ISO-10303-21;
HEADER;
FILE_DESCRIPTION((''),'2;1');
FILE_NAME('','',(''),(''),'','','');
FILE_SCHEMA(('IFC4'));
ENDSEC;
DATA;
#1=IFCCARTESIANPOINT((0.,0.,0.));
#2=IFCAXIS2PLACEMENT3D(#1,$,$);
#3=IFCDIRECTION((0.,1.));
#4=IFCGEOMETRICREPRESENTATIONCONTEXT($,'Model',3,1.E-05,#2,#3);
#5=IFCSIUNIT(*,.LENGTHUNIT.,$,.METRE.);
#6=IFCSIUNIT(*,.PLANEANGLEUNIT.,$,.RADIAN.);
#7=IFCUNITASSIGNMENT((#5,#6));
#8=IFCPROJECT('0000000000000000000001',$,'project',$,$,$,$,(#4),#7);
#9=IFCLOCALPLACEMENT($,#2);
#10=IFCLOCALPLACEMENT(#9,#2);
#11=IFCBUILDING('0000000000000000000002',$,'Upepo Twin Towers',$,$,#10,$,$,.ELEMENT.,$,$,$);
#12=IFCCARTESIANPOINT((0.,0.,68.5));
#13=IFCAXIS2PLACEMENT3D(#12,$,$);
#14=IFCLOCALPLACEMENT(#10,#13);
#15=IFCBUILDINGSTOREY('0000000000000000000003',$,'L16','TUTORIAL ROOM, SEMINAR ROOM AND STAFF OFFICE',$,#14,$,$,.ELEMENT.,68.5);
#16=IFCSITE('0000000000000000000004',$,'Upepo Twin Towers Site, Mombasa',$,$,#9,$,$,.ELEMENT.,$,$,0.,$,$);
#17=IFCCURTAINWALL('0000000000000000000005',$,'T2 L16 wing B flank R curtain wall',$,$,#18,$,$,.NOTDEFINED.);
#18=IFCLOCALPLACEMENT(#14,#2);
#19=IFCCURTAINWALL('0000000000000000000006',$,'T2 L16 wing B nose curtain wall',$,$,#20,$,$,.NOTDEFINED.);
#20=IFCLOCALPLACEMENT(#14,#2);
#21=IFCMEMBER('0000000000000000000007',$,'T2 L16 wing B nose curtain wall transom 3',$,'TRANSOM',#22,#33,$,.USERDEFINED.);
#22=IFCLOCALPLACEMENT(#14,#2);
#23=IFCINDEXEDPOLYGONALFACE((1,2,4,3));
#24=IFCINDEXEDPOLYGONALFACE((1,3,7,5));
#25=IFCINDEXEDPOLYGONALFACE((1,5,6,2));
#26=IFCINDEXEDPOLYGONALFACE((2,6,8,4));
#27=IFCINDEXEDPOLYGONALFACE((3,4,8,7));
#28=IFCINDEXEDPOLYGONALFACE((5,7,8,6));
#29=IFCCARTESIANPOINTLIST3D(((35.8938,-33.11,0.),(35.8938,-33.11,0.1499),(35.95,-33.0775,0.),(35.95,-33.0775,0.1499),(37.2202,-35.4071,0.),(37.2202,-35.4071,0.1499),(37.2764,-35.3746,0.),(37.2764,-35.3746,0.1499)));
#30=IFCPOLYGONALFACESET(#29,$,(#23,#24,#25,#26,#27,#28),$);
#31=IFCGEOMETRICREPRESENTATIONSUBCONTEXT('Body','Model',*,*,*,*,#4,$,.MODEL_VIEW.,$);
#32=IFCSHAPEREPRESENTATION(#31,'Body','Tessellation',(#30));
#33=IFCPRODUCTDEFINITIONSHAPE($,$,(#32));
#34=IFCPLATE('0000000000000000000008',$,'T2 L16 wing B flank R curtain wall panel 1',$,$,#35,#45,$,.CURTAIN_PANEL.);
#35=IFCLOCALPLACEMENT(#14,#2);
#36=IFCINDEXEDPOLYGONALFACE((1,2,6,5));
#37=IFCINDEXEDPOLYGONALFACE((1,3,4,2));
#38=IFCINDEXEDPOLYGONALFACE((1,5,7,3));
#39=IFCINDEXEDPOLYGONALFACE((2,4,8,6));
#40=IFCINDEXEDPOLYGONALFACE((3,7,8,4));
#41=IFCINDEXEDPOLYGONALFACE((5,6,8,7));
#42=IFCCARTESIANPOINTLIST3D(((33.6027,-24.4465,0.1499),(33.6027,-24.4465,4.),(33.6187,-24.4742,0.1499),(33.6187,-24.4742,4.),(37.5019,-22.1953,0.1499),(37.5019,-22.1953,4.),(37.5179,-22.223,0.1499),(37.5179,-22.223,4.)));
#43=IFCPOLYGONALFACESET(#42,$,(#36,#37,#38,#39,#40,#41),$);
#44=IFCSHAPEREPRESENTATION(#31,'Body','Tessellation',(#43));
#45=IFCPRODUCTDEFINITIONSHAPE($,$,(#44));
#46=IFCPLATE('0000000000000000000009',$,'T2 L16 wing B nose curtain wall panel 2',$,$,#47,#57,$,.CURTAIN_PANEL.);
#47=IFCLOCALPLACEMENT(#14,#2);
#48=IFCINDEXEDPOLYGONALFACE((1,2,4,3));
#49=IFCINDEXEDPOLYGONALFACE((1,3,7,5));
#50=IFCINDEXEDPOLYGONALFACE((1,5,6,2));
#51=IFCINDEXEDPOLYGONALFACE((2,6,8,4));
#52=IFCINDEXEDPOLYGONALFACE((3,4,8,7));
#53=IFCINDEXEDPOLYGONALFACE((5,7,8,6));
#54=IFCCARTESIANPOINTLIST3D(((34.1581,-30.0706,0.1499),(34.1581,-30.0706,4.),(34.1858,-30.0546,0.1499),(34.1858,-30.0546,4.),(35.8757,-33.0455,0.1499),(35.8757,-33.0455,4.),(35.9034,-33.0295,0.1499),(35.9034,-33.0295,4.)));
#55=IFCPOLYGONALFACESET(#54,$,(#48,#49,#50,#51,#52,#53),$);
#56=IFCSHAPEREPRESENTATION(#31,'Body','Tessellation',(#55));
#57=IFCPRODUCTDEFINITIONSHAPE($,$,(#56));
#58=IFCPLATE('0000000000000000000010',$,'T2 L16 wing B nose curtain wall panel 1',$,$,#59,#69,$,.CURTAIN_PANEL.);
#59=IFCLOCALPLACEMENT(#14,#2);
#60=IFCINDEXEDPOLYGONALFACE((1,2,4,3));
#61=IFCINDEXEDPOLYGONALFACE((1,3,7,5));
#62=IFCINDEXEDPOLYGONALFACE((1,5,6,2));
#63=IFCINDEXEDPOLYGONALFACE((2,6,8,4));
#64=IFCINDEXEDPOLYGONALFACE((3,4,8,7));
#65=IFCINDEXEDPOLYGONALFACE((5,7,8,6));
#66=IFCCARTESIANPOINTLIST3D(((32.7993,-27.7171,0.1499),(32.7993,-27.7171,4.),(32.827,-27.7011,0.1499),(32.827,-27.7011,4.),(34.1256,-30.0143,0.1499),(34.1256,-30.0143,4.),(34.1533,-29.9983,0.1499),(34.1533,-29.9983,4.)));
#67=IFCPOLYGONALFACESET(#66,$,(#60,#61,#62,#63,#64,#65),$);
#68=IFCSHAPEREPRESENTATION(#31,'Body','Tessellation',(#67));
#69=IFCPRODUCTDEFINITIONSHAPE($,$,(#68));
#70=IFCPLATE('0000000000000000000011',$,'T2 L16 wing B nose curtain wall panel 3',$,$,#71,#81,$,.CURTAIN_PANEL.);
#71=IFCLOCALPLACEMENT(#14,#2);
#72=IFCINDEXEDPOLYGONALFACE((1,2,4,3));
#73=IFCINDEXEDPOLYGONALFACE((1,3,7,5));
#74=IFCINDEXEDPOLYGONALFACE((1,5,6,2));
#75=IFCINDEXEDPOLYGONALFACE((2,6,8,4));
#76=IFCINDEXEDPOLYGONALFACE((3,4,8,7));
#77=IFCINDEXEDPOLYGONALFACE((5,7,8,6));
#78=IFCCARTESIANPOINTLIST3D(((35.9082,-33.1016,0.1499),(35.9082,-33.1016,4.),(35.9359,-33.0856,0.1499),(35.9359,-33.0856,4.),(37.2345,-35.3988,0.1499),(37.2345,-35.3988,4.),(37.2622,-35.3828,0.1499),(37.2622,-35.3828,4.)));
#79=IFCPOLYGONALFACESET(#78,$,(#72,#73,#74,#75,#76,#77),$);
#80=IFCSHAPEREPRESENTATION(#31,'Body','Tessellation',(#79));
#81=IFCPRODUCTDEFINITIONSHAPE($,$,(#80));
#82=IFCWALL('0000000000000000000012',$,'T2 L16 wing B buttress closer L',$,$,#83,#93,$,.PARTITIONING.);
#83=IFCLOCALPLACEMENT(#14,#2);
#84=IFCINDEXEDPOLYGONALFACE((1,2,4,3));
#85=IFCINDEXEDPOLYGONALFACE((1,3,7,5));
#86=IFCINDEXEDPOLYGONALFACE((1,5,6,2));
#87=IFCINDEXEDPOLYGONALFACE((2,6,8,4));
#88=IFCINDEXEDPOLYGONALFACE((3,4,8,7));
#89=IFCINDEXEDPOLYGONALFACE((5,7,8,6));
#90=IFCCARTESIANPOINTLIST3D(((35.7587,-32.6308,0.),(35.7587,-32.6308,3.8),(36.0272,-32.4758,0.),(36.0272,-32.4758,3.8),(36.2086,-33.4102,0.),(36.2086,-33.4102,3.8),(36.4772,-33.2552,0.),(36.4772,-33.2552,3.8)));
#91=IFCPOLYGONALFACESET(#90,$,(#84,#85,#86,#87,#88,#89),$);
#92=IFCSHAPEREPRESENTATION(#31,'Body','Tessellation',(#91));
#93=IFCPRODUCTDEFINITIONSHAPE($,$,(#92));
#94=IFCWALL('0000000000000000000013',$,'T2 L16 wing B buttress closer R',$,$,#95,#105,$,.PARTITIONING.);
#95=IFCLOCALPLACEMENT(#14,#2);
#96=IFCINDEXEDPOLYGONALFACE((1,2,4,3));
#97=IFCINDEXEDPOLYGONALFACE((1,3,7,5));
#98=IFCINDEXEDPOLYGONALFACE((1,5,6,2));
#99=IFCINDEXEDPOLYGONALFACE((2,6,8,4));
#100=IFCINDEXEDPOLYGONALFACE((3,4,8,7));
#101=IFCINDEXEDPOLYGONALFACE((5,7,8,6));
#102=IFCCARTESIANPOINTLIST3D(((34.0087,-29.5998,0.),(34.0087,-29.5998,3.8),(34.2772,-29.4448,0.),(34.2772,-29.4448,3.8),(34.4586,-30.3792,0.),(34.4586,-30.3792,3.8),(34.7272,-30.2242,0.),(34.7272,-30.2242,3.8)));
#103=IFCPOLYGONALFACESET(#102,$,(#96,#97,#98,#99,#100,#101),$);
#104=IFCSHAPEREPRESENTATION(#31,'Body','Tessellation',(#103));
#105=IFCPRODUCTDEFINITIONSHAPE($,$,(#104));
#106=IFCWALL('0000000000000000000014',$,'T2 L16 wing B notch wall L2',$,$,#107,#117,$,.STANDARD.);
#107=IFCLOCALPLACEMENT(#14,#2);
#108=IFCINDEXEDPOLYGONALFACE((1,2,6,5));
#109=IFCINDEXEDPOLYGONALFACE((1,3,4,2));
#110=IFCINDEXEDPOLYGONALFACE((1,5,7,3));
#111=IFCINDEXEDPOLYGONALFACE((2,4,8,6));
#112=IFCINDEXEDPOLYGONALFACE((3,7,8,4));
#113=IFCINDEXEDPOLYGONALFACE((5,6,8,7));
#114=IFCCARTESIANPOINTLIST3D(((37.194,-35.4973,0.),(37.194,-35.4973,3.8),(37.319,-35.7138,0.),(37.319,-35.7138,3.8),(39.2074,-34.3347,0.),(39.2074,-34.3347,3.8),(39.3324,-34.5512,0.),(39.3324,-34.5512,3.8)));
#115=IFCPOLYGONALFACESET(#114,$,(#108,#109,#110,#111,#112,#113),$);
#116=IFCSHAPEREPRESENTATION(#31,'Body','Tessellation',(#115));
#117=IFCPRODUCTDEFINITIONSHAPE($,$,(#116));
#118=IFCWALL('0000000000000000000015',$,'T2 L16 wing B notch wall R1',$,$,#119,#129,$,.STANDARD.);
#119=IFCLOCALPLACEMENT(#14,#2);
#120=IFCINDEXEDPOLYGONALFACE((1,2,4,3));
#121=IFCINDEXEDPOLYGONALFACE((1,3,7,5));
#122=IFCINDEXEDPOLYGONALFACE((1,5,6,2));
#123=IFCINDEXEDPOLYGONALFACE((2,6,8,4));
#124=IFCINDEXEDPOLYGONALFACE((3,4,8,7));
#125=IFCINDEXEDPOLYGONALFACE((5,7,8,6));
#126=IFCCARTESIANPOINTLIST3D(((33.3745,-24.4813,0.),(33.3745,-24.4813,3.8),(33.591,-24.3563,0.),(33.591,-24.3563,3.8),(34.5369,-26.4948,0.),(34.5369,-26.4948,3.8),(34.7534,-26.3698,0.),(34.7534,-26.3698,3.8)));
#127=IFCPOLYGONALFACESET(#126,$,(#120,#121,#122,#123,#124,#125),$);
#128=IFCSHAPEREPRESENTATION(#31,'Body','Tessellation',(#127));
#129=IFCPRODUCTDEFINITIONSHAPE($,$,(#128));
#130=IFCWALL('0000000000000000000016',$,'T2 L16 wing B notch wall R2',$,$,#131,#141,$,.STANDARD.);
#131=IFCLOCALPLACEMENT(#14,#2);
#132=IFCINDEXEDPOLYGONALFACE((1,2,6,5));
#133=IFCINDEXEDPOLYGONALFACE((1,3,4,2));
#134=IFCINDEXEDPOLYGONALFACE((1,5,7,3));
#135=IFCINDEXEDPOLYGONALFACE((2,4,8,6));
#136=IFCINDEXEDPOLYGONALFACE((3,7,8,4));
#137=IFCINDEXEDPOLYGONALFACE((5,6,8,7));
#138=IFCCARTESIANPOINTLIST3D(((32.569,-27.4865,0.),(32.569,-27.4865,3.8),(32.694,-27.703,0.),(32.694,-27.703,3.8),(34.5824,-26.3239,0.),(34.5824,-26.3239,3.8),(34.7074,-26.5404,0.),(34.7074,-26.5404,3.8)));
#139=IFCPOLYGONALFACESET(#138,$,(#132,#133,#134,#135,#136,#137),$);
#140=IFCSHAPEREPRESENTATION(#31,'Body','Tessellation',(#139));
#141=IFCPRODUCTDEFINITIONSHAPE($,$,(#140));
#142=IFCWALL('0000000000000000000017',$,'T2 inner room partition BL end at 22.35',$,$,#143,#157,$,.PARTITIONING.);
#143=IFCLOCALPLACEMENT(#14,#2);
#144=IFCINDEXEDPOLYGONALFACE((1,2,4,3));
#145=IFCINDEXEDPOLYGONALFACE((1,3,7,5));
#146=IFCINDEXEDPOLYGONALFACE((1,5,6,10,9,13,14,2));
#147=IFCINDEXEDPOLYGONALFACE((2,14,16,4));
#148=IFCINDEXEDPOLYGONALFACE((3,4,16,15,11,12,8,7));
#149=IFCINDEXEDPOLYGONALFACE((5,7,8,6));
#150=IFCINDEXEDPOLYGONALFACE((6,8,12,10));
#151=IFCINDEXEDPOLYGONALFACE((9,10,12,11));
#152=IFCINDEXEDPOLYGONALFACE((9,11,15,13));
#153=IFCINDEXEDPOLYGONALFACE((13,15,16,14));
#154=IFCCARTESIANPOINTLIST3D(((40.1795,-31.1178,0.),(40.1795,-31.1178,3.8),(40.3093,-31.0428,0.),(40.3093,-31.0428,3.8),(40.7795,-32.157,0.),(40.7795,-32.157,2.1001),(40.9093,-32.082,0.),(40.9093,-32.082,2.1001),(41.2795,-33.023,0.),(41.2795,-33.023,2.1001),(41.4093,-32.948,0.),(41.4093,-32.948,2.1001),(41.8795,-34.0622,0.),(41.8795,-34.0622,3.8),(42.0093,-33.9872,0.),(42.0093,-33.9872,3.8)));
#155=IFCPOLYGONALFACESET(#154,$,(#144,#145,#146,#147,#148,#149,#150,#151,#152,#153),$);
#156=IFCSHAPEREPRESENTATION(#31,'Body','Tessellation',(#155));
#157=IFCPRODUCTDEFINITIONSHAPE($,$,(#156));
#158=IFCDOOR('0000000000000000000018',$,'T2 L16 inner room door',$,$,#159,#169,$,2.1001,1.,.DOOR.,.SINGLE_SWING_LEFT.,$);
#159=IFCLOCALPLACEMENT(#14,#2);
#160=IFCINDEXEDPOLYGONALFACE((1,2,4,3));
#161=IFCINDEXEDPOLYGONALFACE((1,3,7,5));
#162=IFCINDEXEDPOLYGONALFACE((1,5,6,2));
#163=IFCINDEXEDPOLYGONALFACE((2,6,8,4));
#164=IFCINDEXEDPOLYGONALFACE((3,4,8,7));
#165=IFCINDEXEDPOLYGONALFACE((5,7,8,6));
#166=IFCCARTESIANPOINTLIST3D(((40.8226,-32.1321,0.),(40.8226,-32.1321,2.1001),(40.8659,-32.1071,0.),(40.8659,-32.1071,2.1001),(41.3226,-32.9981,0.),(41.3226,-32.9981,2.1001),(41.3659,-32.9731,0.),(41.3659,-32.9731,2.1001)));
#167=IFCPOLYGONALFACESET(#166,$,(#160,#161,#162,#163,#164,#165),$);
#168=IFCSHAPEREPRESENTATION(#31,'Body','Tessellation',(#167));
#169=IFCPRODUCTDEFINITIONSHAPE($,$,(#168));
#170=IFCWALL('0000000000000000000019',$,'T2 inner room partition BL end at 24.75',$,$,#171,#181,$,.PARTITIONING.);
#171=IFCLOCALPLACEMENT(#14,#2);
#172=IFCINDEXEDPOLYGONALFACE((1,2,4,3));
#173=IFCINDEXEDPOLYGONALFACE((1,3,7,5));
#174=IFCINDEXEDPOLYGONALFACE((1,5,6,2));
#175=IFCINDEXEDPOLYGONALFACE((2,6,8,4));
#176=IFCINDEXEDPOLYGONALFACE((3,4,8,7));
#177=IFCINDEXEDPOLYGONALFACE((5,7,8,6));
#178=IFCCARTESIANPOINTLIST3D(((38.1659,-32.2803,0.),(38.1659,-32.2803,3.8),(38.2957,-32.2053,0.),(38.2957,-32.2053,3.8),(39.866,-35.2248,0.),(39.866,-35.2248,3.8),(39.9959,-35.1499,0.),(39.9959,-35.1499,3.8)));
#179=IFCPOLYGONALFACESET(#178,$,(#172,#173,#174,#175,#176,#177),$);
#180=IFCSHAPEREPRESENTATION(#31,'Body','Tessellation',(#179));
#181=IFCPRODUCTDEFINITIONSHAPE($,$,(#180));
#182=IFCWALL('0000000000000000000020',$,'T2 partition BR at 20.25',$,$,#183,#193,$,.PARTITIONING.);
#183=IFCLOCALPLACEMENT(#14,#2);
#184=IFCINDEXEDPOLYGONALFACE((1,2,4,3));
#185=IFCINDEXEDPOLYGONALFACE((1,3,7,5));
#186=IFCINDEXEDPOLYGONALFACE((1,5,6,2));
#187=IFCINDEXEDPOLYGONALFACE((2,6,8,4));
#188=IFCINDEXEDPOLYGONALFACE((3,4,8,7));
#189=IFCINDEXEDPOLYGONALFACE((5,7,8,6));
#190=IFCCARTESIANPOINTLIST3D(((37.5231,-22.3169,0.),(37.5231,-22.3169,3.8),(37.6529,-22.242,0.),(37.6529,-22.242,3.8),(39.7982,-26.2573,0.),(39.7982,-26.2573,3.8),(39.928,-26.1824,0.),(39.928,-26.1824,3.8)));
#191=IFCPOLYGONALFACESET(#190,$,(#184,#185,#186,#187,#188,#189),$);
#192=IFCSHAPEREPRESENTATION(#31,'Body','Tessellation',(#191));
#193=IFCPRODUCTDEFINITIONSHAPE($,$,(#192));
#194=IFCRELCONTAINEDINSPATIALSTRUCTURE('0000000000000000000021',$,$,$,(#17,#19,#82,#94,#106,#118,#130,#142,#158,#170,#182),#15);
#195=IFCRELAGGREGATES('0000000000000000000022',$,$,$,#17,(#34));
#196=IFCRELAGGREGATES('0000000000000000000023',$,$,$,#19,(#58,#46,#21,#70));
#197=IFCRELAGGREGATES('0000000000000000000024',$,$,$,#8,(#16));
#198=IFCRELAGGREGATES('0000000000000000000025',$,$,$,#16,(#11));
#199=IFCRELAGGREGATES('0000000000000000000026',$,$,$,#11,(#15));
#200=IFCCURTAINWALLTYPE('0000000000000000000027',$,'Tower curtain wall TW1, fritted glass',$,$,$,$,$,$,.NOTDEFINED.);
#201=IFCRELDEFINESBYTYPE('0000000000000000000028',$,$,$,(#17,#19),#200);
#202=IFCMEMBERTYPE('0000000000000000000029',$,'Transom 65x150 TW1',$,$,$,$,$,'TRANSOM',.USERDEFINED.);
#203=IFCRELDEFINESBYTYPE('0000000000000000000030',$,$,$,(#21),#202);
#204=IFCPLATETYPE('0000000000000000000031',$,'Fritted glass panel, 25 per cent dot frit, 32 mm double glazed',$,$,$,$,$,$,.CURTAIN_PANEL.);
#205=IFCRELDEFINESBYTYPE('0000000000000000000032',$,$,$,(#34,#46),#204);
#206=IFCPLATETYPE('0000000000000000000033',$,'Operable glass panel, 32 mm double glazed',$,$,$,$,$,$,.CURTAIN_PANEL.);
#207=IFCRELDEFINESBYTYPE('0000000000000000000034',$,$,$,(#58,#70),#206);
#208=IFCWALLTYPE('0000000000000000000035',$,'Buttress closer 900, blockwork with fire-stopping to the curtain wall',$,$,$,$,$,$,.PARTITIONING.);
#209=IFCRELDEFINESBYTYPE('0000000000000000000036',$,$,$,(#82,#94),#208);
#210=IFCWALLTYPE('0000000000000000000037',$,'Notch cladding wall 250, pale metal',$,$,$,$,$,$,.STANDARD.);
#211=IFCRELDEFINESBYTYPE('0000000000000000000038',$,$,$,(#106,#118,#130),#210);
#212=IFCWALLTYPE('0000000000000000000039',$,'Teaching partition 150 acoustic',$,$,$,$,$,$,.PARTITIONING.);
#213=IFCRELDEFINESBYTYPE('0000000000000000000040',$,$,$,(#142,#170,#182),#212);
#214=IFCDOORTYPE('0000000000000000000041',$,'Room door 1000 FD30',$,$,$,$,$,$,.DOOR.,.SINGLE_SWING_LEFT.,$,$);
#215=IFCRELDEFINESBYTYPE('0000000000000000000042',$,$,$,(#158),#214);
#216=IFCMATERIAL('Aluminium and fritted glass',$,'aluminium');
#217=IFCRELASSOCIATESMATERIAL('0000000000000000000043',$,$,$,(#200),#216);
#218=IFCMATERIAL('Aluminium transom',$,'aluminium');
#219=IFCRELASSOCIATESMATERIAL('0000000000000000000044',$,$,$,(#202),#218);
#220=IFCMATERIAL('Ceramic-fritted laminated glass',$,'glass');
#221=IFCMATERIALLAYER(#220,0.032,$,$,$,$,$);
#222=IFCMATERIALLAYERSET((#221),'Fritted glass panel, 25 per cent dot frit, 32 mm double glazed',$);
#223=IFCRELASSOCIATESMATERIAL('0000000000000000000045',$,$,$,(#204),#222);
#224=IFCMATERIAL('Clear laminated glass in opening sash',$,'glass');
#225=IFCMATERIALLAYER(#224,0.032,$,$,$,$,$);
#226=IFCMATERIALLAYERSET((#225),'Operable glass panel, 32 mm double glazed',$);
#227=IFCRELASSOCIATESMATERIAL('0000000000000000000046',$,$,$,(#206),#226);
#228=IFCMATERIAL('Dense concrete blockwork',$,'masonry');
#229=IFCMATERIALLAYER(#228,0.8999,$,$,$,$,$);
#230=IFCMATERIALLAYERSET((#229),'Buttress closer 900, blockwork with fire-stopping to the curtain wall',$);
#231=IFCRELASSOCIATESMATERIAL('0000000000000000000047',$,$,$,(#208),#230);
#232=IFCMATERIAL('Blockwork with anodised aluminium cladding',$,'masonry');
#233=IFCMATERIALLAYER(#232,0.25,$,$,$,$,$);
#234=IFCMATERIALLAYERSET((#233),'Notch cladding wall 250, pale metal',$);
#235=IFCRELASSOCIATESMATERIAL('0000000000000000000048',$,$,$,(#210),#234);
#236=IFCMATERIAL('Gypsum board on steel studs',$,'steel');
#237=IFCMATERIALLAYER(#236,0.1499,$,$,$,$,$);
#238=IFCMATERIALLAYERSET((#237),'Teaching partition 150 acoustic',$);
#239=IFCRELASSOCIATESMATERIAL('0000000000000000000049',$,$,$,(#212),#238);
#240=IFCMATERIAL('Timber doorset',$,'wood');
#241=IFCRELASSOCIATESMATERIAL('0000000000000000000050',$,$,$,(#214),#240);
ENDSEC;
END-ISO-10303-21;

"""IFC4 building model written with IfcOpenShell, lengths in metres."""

from ifc_helpers import new_model, si_unit, direction, frame, frame_2d, origin, origin_2d, place, context, subcontext, project, spatial, rectangle, extrude, material, layer, layer_set, material_profile, profile_set, type_object, element, fill, aggregate, save


model = new_model("IFC4")

# Units and contexts
model_context = context("Model", 3, precision=1e-05, world=origin(), true_north=direction((0.0, 1.0)))
body_context = subcontext(model_context, "Body", "Model", "MODEL_VIEW")
ifc_project = project(units=[si_unit("LENGTHUNIT", "METRE"), si_unit("PLANEANGLEUNIT", "RADIAN")], contexts=[model_context])

# Site, building, storey
site_placement = place(None, origin())
site = spatial("IfcSite", under=ifc_project, at=site_placement, Name="Upepo Twin Towers Site, Mombasa", CompositionType="ELEMENT", RefElevation=0.0)
building_placement = place(site_placement, origin())
building = spatial("IfcBuilding", under=site, at=building_placement, Name="Upepo Twin Towers", CompositionType="ELEMENT")
storey_placement = place(building_placement, frame((0.0, 0.0, 68.5)))
storey = spatial("IfcBuildingStorey", under=building, at=storey_placement, Name="L16", Description="TUTORIAL ROOM, SEMINAR ROOM AND STAFF OFFICE", CompositionType="ELEMENT", Elevation=68.5)

# Shared definitions
ifc_material_1 = material(Name="Aluminium and fritted glass", Category="aluminium")
curtain_wall_type = type_object("IfcCurtainWallType", Name="Tower curtain wall TW1, fritted glass", PredefinedType="NOTDEFINED", material=ifc_material_1)

# Curtain walls
curtain_wall_1_placement = place(storey_placement, origin())
curtain_wall_1 = element("IfcCurtainWall", 1, at=curtain_wall_1_placement, inside=storey, type_object=curtain_wall_type, Name="T2 L16 wing B flank R curtain wall", PredefinedType="NOTDEFINED")
curtain_wall_2_placement = place(storey_placement, origin())
curtain_wall_2 = element("IfcCurtainWall", 2, at=curtain_wall_2_placement, inside=storey, type_object=curtain_wall_type, Name="T2 L16 wing B nose curtain wall", PredefinedType="NOTDEFINED")

# Member
ifc_material_2 = material(Name="Aluminium transom", Category="aluminium")
ifc_material_profile_1 = material_profile(ifc_material_2, rectangle(XDim=0.0649, YDim=0.1499, at=origin_2d()), Name="TRANSOM 65x150")
ifc_profile_set_1 = profile_set([ifc_material_profile_1], Name="Aluminium transom")
member_type_1 = type_object("IfcMemberType", Name="Transom 65x150 TW1", ElementType="TRANSOM", PredefinedType="USERDEFINED", material=ifc_profile_set_1)
member_1_placement = place(storey_placement, frame((35.9219, -33.0938, 0.075), z_axis=(0.500049, -0.865997, 0.0), x_axis=(0.865997, 0.500049, 0.0)))
member_1 = element("IfcMember", 3, at=member_1_placement, type_object=member_type_1, Name="T2 L16 wing B nose curtain wall transom 3", ObjectType="TRANSOM", PredefinedType="USERDEFINED", context=body_context, shape_type="SweptSolid", body=[
    extrude(rectangle(XDim=0.0649, YDim=0.1499, at=origin_2d()), origin(), (0.0, 0.0, 1.0), 2.6526),
])

# Plates
ifc_material_3 = material(Name="Ceramic-fritted laminated glass", Category="glass")
ifc_layer_1 = layer(ifc_material_3, 0.032)
ifc_layer_set_1 = layer_set([ifc_layer_1], Name="Fritted glass panel, 25 per cent dot frit, 32 mm double glazed")
plate_type_1 = type_object("IfcPlateType", Name="Fritted glass panel, 25 per cent dot frit, 32 mm double glazed", PredefinedType="CURTAIN_PANEL", material=ifc_layer_set_1)
plate_1_placement = place(storey_placement, frame((35.5603, -23.3347, 0.1499), z_axis=(0.0, 0.0, 1.0), x_axis=(0.866025, 0.5, 0.0)))
plate_1 = element("IfcPlate", 4, at=plate_1_placement, type_object=plate_type_1, Name="T2 L16 wing B flank R curtain wall panel 1", PredefinedType="CURTAIN_PANEL", context=body_context, shape_type="SweptSolid", body=[
    extrude(rectangle(XDim=4.5024, YDim=0.032, at=origin_2d()), origin(), (0.0, 0.0, 1.0), 3.8501),
])
aggregate(curtain_wall_1, [plate_1])
plate_2_placement = place(storey_placement, frame((35.0308, -31.55, 0.1499), z_axis=(0.0, 0.0, 1.0), x_axis=(0.5, -0.866025, 0.0)))
plate_2 = element("IfcPlate", 5, at=plate_2_placement, type_object=plate_type_1, Name="T2 L16 wing B nose curtain wall panel 2", PredefinedType="CURTAIN_PANEL", context=body_context, shape_type="SweptSolid", body=[
    extrude(rectangle(XDim=3.4351, YDim=0.032, at=origin_2d()), origin(), (0.0, 0.0, 1.0), 3.8501),
])
ifc_material_4 = material(Name="Clear laminated glass in opening sash", Category="glass")
ifc_layer_2 = layer(ifc_material_4, 0.032)
ifc_layer_set_2 = layer_set([ifc_layer_2], Name="Operable glass panel, 32 mm double glazed")
plate_type_2 = type_object("IfcPlateType", Name="Operable glass panel, 32 mm double glazed", PredefinedType="CURTAIN_PANEL", material=ifc_layer_set_2)
plate_3_placement = place(storey_placement, frame((33.4763, -28.8577, 0.1499), z_axis=(0.0, 0.0, 1.0), x_axis=(0.5, -0.866025, 0.0)))
plate_3 = element("IfcPlate", 6, at=plate_3_placement, type_object=plate_type_2, Name="T2 L16 wing B nose curtain wall panel 1", PredefinedType="CURTAIN_PANEL", context=body_context, shape_type="SweptSolid", body=[
    extrude(rectangle(XDim=2.6526, YDim=0.032, at=origin_2d()), origin(), (0.0, 0.0, 1.0), 3.8501),
])
plate_4_placement = place(storey_placement, frame((36.5852, -34.2422, 0.1499), z_axis=(0.0, 0.0, 1.0), x_axis=(0.5, -0.866025, 0.0)))
plate_4 = element("IfcPlate", 7, at=plate_4_placement, type_object=plate_type_2, Name="T2 L16 wing B nose curtain wall panel 3", PredefinedType="CURTAIN_PANEL", context=body_context, shape_type="SweptSolid", body=[
    extrude(rectangle(XDim=2.6526, YDim=0.032, at=origin_2d()), origin(), (0.0, 0.0, 1.0), 3.8501),
])
aggregate(curtain_wall_2, [plate_3, plate_2, member_1, plate_4])

# Walls
ifc_material_5 = material(Name="Dense concrete blockwork", Category="masonry")
ifc_layer_3 = layer(ifc_material_5, 0.8999)
ifc_layer_set_3 = layer_set([ifc_layer_3], Name="Buttress closer 900, blockwork with fire-stopping to the curtain wall")
wall_type_1 = type_object("IfcWallType", Name="Buttress closer 900, blockwork with fire-stopping to the curtain wall", PredefinedType="PARTITIONING", material=ifc_layer_set_3)
for number, where, z_axis, x_axis, name in (
    (8, (36.2522, -32.8655, 0.0), (0.0, 0.0, 1.0), (-0.866054, -0.49995, 0.0), "T2 L16 wing B buttress closer L"),
    (9, (34.5022, -29.8345, 0.0), (0.0, 0.0, 1.0), (-0.866054, -0.49995, 0.0), "T2 L16 wing B buttress closer R"),
):
    element("IfcWall", number, at=place(storey_placement, frame(where, z_axis=z_axis, x_axis=x_axis)), inside=storey, type_object=wall_type_1, Name=name, PredefinedType="PARTITIONING", context=body_context, shape_type="SweptSolid", body=[
        extrude(rectangle(XDim=0.3101, YDim=0.8999, at=frame_2d((0.155, 0.0))), origin(), (0.0, 0.0, 1.0), 3.8),
    ])
ifc_material_6 = material(Name="Blockwork with anodised aluminium cladding", Category="masonry")
ifc_layer_4 = layer(ifc_material_6, 0.25)
ifc_layer_set_4 = layer_set([ifc_layer_4], Name="Notch cladding wall 250, pale metal")
wall_type_2 = type_object("IfcWallType", Name="Notch cladding wall 250, pale metal", PredefinedType="STANDARD", material=ifc_layer_set_4)
for number, where, z_axis, x_axis, name in (
    (10, (39.27, -34.4429, 0.0), (0.0, 0.0, 1.0), (-0.865998, -0.500047, 0.0), "T2 L16 wing B notch wall L2"),
    (11, (33.4827, -24.4187, 0.0), (0.0, 0.0, 1.0), (0.499968, -0.866044, 0.0), "T2 L16 wing B notch wall R1"),
    (12, (34.645, -26.4321, 0.0), (0.0, 0.0, 1.0), (-0.865998, -0.500047, 0.0), "T2 L16 wing B notch wall R2"),
):
    element("IfcWall", number, at=place(storey_placement, frame(where, z_axis=z_axis, x_axis=x_axis)), inside=storey, type_object=wall_type_2, Name=name, PredefinedType="STANDARD", context=body_context, shape_type="SweptSolid", body=[
        extrude(rectangle(XDim=2.325, YDim=0.25, at=frame_2d((1.1626, 0.0))), origin(), (0.0, 0.0, 1.0), 3.8),
    ])

# Wall, opening, door
ifc_material_7 = material(Name="Gypsum board on steel studs", Category="steel")
ifc_layer_5 = layer(ifc_material_7, 0.1499)
ifc_layer_set_5 = layer_set([ifc_layer_5], Name="Teaching partition 150 acoustic")
wall_type_3 = type_object("IfcWallType", Name="Teaching partition 150 acoustic", PredefinedType="PARTITIONING", material=ifc_layer_set_5)
wall_1_placement = place(storey_placement, frame((40.2444, -31.0803, 0.0), z_axis=(0.0, 0.0, 1.0), x_axis=(0.500008, -0.866021, 0.0)))
wall_1 = element("IfcWall", 13, at=wall_1_placement, inside=storey, type_object=wall_type_3, Name="T2 inner room partition BL end at 22.35", PredefinedType="PARTITIONING", context=body_context, shape_type="SweptSolid", body=[
    extrude(rectangle(XDim=3.3999, YDim=0.1499, at=frame_2d((1.7, 0.0))), origin(), (0.0, 0.0, 1.0), 3.8),
])
opening_1_placement = place(wall_1_placement, frame((1.2, 0.0, 0.0)))
opening_1 = element("IfcOpeningElement", 14, at=opening_1_placement, cuts=wall_1, PredefinedType="OPENING", context=body_context, shape_type="SweptSolid", body=[
    extrude(rectangle(XDim=1.0, YDim=2.1001, at=frame_2d((0.5, 1.05))), frame((0.0, 0.085, 0.0), z_axis=(0.0, -1.0, 0.0), x_axis=(1.0, 0.0, 0.0)), (0.0, 0.0, 1.0), 0.1699),
])
ifc_material_8 = material(Name="Timber doorset", Category="wood")
door_type = type_object("IfcDoorType", Name="Room door 1000 FD30", OperationType="SINGLE_SWING_LEFT", PredefinedType="DOOR", material=ifc_material_8)
door_1_placement = place(opening_1_placement, origin())
door_1 = element("IfcDoor", 15, at=door_1_placement, inside=storey, type_object=door_type, Name="T2 L16 inner room door", OperationType="SINGLE_SWING_LEFT", OverallHeight=2.1001, OverallWidth=1.0, PredefinedType="DOOR", context=body_context, shape_type="SweptSolid", body=[
    extrude(rectangle(XDim=1.0, YDim=2.1001, at=frame_2d((0.5, 1.05))), frame((0.0, 0.0249, 0.0), z_axis=(0.0, -1.0, 0.0), x_axis=(1.0, 0.0, 0.0)), (0.0, 0.0, 1.0), 0.05),
])
fill(opening_1, door_1)

# Walls
wall_2_placement = place(storey_placement, frame((38.2307, -32.2427, 0.0), z_axis=(0.0, 0.0, 1.0), x_axis=(0.500031, -0.866007, 0.0)))
element("IfcWall", 16, at=wall_2_placement, inside=storey, type_object=wall_type_3, Name="T2 inner room partition BL end at 24.75", PredefinedType="PARTITIONING", context=body_context, shape_type="SweptSolid", body=[
    extrude(rectangle(XDim=3.4001, YDim=0.1499, at=frame_2d((1.7002, 0.0))), origin(), (0.0, 0.0, 1.0), 3.8),
])
wall_3_placement = place(storey_placement, frame((39.863, -26.2197, 0.0), z_axis=(0.0, 0.0, 1.0), x_axis=(-0.500023, 0.866012, 0.0)))
element("IfcWall", 17, at=wall_3_placement, inside=storey, type_object=wall_type_3, Name="T2 partition BR at 20.25", PredefinedType="PARTITIONING", context=body_context, shape_type="SweptSolid", body=[
    extrude(rectangle(XDim=4.55, YDim=0.1499, at=frame_2d((2.2749, 0.0))), origin(), (0.0, 0.0, 1.0), 3.8),
])

save(model, "model.ifc")
